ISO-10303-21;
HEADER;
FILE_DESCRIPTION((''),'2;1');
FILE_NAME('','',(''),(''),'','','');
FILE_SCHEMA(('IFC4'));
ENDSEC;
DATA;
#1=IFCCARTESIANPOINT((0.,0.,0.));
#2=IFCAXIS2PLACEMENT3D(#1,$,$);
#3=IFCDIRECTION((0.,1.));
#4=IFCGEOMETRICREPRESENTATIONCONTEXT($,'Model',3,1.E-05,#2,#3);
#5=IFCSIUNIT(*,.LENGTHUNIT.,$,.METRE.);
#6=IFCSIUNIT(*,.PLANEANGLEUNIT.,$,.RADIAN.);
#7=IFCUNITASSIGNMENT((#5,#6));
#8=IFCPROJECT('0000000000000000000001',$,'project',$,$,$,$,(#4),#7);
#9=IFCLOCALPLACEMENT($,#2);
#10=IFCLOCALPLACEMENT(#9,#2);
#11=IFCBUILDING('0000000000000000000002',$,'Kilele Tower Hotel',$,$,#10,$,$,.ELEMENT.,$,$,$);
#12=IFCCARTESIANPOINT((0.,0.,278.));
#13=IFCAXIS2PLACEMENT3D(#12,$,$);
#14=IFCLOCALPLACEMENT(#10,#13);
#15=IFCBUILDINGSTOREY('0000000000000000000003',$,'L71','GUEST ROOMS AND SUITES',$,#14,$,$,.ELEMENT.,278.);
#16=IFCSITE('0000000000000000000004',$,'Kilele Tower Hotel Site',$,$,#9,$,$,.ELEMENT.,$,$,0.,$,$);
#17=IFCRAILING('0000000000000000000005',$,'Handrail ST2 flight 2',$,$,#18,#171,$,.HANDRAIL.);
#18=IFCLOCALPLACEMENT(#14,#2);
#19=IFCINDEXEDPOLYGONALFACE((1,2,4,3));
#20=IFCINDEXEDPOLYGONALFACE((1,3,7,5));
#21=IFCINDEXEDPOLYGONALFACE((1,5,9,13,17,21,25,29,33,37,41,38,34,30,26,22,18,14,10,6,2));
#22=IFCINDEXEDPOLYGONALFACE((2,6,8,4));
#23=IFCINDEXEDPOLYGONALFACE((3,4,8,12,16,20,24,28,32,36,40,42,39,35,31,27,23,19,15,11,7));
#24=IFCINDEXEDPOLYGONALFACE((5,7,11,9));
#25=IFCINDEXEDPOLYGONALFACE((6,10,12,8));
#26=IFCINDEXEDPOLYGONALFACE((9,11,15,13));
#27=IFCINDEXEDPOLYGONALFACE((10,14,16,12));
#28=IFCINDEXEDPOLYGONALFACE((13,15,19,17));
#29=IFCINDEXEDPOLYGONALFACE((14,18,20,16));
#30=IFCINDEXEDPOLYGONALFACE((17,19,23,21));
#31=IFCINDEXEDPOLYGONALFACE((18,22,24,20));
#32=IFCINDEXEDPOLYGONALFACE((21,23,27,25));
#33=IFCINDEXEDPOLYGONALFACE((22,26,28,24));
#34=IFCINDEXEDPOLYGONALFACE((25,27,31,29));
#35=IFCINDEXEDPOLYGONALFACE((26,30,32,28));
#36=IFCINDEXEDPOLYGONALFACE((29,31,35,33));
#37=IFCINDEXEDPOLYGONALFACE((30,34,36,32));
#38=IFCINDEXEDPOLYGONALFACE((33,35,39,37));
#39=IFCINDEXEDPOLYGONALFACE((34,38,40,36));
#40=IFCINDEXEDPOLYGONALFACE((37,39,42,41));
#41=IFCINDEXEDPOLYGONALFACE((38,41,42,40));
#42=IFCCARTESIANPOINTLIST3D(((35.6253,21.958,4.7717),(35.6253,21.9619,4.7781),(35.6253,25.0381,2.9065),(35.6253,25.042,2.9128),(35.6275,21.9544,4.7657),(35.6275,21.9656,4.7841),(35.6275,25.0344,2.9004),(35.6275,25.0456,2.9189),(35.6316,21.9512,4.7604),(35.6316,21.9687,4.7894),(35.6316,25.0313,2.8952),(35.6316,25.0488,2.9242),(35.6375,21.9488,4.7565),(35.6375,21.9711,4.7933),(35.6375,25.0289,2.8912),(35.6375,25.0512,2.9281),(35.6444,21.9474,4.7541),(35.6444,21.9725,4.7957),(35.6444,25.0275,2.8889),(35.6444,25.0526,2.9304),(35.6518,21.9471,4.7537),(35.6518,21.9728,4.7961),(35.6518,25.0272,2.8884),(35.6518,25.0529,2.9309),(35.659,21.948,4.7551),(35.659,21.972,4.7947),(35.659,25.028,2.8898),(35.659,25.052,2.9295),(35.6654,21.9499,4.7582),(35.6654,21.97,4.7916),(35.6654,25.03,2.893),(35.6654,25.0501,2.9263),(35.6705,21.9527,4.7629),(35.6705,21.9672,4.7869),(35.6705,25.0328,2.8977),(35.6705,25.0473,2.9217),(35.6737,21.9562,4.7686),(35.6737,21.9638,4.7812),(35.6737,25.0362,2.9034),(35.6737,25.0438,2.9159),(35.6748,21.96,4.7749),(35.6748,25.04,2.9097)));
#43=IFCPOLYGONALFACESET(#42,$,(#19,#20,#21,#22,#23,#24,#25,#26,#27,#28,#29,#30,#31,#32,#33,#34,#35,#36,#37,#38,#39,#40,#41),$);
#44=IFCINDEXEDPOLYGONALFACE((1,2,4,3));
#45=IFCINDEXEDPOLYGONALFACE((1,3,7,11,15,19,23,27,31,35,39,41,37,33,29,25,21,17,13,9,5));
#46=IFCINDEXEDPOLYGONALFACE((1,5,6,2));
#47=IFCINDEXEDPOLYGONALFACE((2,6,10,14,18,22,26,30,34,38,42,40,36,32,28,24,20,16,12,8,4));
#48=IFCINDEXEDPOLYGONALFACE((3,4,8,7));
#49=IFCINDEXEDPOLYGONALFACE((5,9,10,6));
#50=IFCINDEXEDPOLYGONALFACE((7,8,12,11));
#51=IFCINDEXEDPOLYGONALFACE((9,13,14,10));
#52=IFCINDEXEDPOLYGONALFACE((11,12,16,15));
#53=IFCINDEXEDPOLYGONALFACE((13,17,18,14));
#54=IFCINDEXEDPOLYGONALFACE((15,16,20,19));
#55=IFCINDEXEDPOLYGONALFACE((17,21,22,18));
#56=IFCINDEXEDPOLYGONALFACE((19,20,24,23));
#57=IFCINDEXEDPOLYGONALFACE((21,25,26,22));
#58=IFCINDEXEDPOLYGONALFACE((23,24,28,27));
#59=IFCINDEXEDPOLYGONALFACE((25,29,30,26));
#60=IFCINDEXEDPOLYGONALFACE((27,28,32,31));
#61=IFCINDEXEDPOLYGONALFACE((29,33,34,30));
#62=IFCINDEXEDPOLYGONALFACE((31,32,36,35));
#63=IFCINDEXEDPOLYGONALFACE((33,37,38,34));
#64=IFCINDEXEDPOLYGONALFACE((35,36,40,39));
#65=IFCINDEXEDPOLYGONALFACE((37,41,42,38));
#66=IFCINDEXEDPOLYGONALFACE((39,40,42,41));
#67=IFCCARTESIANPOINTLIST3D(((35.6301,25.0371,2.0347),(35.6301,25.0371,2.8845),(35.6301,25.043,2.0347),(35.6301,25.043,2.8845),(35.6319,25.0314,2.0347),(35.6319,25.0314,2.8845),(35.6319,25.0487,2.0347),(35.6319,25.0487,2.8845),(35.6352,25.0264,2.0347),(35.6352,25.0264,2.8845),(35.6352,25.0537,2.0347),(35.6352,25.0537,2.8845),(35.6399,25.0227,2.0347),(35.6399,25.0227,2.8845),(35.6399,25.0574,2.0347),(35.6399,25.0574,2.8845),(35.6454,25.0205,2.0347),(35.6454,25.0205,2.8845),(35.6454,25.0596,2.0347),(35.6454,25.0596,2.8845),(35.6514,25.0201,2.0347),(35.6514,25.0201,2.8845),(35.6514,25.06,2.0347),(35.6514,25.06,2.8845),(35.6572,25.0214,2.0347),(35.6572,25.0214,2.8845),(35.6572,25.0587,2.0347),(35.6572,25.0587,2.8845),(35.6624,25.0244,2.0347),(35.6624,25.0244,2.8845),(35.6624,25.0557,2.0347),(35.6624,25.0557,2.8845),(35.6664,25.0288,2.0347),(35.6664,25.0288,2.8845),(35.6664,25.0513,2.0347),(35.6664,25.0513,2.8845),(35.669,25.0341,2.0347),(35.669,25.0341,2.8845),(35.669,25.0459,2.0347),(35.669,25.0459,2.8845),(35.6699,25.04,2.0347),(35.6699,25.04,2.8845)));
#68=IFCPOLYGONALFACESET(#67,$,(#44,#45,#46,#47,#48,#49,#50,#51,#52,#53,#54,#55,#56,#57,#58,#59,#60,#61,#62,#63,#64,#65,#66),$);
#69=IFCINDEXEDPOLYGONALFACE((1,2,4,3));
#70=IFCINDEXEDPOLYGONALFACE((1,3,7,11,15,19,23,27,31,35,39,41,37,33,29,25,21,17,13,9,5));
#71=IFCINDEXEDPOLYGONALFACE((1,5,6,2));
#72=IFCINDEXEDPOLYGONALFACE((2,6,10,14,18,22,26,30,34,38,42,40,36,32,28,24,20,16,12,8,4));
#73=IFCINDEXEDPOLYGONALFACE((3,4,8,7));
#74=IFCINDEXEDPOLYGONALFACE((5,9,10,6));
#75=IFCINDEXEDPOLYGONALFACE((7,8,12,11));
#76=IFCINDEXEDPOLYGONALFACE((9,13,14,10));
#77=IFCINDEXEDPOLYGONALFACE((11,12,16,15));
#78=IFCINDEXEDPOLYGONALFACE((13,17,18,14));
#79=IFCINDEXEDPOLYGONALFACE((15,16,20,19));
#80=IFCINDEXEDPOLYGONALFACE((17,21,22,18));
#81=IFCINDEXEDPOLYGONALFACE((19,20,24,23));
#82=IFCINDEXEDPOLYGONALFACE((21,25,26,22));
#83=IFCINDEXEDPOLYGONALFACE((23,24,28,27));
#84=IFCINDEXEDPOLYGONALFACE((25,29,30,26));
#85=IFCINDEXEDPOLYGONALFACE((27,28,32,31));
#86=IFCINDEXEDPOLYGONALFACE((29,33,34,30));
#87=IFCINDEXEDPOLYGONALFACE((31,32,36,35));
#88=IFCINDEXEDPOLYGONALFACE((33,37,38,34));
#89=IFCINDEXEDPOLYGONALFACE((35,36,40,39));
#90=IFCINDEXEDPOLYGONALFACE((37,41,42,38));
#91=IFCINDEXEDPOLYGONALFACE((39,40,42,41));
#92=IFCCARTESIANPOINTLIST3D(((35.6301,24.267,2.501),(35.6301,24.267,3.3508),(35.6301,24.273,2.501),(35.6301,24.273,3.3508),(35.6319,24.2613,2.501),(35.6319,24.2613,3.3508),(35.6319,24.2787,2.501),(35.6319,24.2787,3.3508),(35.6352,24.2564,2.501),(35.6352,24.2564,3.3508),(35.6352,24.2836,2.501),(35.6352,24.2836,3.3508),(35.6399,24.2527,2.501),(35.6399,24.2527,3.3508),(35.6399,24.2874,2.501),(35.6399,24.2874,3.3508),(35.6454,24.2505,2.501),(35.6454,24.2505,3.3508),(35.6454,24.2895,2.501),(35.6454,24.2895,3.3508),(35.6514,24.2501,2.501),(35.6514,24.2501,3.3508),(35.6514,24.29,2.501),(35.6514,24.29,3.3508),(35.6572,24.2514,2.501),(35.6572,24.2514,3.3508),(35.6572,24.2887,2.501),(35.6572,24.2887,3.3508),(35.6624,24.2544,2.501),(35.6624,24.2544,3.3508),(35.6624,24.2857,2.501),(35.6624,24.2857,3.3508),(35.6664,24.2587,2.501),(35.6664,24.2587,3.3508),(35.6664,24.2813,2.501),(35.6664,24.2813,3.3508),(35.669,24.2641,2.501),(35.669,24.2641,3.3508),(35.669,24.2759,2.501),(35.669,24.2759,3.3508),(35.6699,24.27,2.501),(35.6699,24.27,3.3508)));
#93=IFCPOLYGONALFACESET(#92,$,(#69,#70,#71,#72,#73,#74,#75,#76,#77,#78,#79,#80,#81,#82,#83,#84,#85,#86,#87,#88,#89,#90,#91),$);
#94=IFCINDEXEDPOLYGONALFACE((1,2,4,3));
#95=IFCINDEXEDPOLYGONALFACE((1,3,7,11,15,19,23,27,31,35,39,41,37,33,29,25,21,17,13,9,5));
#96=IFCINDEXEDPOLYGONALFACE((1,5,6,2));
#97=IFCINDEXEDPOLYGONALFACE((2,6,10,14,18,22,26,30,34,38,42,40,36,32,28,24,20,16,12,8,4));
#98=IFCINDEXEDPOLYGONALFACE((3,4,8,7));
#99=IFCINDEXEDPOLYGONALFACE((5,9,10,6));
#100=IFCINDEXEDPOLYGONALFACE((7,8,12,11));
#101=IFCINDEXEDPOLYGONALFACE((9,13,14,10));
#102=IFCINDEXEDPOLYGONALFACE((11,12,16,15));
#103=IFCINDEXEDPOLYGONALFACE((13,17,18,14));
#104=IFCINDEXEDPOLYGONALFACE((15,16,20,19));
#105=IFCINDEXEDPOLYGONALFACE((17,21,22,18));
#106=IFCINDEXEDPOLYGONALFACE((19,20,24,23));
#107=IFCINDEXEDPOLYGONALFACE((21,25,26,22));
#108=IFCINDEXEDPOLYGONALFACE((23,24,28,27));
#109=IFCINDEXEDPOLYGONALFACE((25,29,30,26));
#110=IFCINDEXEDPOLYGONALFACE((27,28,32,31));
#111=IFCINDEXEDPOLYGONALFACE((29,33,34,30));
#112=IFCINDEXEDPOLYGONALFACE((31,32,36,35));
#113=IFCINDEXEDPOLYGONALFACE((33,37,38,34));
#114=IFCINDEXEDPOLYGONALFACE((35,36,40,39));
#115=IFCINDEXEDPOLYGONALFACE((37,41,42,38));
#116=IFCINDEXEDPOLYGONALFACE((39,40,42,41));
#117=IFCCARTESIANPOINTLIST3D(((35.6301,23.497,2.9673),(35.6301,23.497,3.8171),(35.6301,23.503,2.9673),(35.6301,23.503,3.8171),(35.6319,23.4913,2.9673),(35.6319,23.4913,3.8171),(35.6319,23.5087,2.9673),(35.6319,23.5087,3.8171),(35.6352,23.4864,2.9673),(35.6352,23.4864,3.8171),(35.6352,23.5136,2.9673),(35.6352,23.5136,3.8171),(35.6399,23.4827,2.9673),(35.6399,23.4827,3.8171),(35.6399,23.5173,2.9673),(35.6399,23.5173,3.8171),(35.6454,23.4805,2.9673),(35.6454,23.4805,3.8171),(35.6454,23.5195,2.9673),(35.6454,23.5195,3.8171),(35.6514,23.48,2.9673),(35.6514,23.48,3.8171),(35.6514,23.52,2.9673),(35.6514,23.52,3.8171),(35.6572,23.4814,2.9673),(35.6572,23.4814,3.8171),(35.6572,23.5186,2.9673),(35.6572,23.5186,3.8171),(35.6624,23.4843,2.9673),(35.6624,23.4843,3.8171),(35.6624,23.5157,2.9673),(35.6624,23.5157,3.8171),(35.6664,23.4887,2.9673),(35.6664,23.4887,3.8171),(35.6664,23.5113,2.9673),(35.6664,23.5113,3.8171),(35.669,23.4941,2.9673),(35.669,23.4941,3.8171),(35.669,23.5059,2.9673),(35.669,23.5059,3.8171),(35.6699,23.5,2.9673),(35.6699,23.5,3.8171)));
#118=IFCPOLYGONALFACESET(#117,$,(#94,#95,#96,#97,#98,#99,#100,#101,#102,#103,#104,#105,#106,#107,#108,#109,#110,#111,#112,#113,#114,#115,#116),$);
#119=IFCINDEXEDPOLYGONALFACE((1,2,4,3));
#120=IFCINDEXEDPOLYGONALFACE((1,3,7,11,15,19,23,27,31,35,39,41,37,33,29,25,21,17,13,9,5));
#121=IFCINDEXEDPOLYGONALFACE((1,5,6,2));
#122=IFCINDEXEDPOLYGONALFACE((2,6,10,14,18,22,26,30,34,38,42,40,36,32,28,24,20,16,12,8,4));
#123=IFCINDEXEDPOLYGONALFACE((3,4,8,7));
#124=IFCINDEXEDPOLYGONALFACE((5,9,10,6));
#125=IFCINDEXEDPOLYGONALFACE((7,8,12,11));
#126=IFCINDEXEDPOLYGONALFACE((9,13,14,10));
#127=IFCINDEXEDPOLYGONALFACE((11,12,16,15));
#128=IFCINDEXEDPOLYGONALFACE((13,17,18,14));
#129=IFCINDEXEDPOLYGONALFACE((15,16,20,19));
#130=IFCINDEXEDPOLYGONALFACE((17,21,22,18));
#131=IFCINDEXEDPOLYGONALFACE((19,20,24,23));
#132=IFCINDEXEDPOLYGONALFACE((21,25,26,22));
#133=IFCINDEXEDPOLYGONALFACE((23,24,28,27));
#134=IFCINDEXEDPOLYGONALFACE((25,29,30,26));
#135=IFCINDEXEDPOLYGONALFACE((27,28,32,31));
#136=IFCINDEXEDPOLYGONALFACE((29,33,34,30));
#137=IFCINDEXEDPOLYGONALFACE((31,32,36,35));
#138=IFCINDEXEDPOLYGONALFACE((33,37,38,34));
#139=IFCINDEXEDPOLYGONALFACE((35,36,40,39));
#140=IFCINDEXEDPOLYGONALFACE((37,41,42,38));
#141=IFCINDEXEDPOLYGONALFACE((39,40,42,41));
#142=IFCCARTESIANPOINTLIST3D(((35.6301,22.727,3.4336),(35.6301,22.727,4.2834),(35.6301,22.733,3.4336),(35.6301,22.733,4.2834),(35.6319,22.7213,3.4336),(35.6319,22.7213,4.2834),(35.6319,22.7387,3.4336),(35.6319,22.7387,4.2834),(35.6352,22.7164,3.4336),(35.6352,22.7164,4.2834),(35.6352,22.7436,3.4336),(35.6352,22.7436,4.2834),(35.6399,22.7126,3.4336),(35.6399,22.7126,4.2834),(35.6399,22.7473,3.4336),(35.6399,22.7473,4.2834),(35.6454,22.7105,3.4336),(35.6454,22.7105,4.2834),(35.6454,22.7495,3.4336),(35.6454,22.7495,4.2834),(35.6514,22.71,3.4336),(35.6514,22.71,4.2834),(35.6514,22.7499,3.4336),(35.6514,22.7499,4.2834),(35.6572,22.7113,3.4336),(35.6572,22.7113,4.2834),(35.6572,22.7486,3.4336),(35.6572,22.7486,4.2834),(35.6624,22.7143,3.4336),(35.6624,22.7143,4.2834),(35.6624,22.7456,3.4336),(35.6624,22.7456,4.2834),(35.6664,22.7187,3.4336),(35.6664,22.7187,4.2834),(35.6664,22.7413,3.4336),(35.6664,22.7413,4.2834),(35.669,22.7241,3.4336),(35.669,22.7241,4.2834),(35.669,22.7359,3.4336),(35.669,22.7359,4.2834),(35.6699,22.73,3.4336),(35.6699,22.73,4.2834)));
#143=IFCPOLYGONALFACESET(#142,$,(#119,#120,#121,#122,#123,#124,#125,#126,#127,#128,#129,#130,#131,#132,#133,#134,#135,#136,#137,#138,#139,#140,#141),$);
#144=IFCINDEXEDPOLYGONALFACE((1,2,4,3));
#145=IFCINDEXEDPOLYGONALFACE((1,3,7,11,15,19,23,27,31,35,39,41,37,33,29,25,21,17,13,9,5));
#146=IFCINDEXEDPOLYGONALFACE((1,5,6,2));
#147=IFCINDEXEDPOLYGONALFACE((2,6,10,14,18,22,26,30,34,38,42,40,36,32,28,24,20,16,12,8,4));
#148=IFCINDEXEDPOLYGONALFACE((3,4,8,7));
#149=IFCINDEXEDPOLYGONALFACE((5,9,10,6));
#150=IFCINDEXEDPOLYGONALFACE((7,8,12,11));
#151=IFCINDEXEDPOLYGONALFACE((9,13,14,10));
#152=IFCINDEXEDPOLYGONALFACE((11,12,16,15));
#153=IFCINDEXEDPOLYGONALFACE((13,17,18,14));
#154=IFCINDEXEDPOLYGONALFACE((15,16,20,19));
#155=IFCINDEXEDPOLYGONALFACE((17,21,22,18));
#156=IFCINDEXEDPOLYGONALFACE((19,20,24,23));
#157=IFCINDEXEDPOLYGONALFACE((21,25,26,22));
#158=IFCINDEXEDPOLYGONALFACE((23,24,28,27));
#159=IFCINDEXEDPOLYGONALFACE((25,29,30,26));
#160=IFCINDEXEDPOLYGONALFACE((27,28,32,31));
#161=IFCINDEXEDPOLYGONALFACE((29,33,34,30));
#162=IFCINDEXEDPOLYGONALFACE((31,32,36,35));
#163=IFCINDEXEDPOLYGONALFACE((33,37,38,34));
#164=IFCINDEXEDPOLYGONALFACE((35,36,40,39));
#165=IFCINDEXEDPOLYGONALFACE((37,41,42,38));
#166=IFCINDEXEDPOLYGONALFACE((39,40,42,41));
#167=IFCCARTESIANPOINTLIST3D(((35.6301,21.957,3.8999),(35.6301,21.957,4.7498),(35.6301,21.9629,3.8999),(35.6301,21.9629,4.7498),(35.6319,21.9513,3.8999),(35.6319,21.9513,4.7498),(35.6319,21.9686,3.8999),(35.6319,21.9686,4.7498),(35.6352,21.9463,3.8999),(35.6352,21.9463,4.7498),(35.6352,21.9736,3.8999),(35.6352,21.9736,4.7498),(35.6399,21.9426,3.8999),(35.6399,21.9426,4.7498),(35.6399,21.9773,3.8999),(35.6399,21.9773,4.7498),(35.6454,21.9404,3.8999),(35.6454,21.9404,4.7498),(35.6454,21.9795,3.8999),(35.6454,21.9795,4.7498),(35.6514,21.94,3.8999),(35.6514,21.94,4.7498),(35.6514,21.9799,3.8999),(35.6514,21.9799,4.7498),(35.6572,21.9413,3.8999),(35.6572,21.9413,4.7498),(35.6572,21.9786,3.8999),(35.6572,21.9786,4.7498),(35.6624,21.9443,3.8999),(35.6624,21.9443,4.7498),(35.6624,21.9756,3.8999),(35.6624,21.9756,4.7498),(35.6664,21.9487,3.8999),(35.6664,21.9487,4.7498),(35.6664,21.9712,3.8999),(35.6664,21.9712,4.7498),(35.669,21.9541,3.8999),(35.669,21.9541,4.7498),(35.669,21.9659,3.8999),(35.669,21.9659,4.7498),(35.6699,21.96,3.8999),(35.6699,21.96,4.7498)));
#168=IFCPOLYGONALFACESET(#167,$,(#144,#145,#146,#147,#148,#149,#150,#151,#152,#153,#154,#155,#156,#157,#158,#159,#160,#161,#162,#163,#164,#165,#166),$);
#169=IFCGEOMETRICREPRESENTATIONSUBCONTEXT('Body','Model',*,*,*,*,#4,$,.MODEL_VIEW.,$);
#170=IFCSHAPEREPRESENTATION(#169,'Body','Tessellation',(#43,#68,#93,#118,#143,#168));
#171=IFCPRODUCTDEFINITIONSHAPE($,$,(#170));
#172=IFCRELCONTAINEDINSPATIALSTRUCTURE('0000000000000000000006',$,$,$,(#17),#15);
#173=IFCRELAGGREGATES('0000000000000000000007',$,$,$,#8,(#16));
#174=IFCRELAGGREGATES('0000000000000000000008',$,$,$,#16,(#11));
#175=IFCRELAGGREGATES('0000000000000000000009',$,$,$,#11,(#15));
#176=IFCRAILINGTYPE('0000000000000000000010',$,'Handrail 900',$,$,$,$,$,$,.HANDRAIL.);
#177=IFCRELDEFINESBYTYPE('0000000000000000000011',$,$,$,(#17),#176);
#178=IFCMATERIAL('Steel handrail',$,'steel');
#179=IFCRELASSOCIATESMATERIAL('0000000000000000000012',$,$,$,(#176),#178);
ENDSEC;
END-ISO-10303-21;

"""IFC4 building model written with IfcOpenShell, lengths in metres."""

from ifc_helpers import new_model, si_unit, direction, frame, origin, origin_2d, place, context, subcontext, project, spatial, circle, extrude, material, type_object, element, save


model = new_model("IFC4")

# Units and contexts
model_context = context("Model", 3, precision=1e-05, world=origin(), true_north=direction((0.0, 1.0)))
body_context = subcontext(model_context, "Body", "Model", "MODEL_VIEW")
ifc_project = project(units=[si_unit("LENGTHUNIT", "METRE"), si_unit("PLANEANGLEUNIT", "RADIAN")], contexts=[model_context])

# Site, building, storey
site_placement = place(None, origin())
site = spatial("IfcSite", under=ifc_project, at=site_placement, Name="Kilele Tower Hotel Site", CompositionType="ELEMENT", RefElevation=0.0)
building_placement = place(site_placement, origin())
building = spatial("IfcBuilding", under=site, at=building_placement, Name="Kilele Tower Hotel", CompositionType="ELEMENT")
storey_placement = place(building_placement, frame((0.0, 0.0, 278.0)))
storey = spatial("IfcBuildingStorey", under=building, at=storey_placement, Name="L71", Description="GUEST ROOMS AND SUITES", CompositionType="ELEMENT", Elevation=278.0)

# Railing
ifc_material_1 = material(Name="Steel handrail", Category="steel")
railing_type_1 = type_object("IfcRailingType", Name="Handrail 900", PredefinedType="HANDRAIL", material=ifc_material_1)
for number, where, name in (
    (1, (35.6499, 25.04, 2.0347), "Handrail ST2 flight 2"),
):
    element("IfcRailing", number, at=place(storey_placement, frame(where)), inside=storey, type_object=railing_type_1, Name=name, PredefinedType="HANDRAIL", context=body_context, shape_type="SweptSolid", body=[
        extrude(circle(Radius=0.0249, at=origin_2d()), frame((0.0, 0.0, 0.875), z_axis=(0.0, -0.85538, 0.518001), x_axis=(1.0, 0.0, 0.0)), (0.0, 0.0, 1.0), 3.6008),
        extrude(circle(Radius=0.02, at=origin_2d()), origin(), (0.0, 0.0, 1.0), 0.8499),
        extrude(circle(Radius=0.02, at=origin_2d()), frame((0.0, -0.77, 0.4663)), (0.0, 0.0, 1.0), 0.8499),
        extrude(circle(Radius=0.02, at=origin_2d()), frame((0.0, -1.54, 0.9326)), (0.0, 0.0, 1.0), 0.8499),
        extrude(circle(Radius=0.02, at=origin_2d()), frame((0.0, -2.3101, 1.3989)), (0.0, 0.0, 1.0), 0.8499),
        extrude(circle(Radius=0.02, at=origin_2d()), frame((0.0, -3.0801, 1.8652)), (0.0, 0.0, 1.0), 0.8499),
    ])

save(model, "model.ifc")
